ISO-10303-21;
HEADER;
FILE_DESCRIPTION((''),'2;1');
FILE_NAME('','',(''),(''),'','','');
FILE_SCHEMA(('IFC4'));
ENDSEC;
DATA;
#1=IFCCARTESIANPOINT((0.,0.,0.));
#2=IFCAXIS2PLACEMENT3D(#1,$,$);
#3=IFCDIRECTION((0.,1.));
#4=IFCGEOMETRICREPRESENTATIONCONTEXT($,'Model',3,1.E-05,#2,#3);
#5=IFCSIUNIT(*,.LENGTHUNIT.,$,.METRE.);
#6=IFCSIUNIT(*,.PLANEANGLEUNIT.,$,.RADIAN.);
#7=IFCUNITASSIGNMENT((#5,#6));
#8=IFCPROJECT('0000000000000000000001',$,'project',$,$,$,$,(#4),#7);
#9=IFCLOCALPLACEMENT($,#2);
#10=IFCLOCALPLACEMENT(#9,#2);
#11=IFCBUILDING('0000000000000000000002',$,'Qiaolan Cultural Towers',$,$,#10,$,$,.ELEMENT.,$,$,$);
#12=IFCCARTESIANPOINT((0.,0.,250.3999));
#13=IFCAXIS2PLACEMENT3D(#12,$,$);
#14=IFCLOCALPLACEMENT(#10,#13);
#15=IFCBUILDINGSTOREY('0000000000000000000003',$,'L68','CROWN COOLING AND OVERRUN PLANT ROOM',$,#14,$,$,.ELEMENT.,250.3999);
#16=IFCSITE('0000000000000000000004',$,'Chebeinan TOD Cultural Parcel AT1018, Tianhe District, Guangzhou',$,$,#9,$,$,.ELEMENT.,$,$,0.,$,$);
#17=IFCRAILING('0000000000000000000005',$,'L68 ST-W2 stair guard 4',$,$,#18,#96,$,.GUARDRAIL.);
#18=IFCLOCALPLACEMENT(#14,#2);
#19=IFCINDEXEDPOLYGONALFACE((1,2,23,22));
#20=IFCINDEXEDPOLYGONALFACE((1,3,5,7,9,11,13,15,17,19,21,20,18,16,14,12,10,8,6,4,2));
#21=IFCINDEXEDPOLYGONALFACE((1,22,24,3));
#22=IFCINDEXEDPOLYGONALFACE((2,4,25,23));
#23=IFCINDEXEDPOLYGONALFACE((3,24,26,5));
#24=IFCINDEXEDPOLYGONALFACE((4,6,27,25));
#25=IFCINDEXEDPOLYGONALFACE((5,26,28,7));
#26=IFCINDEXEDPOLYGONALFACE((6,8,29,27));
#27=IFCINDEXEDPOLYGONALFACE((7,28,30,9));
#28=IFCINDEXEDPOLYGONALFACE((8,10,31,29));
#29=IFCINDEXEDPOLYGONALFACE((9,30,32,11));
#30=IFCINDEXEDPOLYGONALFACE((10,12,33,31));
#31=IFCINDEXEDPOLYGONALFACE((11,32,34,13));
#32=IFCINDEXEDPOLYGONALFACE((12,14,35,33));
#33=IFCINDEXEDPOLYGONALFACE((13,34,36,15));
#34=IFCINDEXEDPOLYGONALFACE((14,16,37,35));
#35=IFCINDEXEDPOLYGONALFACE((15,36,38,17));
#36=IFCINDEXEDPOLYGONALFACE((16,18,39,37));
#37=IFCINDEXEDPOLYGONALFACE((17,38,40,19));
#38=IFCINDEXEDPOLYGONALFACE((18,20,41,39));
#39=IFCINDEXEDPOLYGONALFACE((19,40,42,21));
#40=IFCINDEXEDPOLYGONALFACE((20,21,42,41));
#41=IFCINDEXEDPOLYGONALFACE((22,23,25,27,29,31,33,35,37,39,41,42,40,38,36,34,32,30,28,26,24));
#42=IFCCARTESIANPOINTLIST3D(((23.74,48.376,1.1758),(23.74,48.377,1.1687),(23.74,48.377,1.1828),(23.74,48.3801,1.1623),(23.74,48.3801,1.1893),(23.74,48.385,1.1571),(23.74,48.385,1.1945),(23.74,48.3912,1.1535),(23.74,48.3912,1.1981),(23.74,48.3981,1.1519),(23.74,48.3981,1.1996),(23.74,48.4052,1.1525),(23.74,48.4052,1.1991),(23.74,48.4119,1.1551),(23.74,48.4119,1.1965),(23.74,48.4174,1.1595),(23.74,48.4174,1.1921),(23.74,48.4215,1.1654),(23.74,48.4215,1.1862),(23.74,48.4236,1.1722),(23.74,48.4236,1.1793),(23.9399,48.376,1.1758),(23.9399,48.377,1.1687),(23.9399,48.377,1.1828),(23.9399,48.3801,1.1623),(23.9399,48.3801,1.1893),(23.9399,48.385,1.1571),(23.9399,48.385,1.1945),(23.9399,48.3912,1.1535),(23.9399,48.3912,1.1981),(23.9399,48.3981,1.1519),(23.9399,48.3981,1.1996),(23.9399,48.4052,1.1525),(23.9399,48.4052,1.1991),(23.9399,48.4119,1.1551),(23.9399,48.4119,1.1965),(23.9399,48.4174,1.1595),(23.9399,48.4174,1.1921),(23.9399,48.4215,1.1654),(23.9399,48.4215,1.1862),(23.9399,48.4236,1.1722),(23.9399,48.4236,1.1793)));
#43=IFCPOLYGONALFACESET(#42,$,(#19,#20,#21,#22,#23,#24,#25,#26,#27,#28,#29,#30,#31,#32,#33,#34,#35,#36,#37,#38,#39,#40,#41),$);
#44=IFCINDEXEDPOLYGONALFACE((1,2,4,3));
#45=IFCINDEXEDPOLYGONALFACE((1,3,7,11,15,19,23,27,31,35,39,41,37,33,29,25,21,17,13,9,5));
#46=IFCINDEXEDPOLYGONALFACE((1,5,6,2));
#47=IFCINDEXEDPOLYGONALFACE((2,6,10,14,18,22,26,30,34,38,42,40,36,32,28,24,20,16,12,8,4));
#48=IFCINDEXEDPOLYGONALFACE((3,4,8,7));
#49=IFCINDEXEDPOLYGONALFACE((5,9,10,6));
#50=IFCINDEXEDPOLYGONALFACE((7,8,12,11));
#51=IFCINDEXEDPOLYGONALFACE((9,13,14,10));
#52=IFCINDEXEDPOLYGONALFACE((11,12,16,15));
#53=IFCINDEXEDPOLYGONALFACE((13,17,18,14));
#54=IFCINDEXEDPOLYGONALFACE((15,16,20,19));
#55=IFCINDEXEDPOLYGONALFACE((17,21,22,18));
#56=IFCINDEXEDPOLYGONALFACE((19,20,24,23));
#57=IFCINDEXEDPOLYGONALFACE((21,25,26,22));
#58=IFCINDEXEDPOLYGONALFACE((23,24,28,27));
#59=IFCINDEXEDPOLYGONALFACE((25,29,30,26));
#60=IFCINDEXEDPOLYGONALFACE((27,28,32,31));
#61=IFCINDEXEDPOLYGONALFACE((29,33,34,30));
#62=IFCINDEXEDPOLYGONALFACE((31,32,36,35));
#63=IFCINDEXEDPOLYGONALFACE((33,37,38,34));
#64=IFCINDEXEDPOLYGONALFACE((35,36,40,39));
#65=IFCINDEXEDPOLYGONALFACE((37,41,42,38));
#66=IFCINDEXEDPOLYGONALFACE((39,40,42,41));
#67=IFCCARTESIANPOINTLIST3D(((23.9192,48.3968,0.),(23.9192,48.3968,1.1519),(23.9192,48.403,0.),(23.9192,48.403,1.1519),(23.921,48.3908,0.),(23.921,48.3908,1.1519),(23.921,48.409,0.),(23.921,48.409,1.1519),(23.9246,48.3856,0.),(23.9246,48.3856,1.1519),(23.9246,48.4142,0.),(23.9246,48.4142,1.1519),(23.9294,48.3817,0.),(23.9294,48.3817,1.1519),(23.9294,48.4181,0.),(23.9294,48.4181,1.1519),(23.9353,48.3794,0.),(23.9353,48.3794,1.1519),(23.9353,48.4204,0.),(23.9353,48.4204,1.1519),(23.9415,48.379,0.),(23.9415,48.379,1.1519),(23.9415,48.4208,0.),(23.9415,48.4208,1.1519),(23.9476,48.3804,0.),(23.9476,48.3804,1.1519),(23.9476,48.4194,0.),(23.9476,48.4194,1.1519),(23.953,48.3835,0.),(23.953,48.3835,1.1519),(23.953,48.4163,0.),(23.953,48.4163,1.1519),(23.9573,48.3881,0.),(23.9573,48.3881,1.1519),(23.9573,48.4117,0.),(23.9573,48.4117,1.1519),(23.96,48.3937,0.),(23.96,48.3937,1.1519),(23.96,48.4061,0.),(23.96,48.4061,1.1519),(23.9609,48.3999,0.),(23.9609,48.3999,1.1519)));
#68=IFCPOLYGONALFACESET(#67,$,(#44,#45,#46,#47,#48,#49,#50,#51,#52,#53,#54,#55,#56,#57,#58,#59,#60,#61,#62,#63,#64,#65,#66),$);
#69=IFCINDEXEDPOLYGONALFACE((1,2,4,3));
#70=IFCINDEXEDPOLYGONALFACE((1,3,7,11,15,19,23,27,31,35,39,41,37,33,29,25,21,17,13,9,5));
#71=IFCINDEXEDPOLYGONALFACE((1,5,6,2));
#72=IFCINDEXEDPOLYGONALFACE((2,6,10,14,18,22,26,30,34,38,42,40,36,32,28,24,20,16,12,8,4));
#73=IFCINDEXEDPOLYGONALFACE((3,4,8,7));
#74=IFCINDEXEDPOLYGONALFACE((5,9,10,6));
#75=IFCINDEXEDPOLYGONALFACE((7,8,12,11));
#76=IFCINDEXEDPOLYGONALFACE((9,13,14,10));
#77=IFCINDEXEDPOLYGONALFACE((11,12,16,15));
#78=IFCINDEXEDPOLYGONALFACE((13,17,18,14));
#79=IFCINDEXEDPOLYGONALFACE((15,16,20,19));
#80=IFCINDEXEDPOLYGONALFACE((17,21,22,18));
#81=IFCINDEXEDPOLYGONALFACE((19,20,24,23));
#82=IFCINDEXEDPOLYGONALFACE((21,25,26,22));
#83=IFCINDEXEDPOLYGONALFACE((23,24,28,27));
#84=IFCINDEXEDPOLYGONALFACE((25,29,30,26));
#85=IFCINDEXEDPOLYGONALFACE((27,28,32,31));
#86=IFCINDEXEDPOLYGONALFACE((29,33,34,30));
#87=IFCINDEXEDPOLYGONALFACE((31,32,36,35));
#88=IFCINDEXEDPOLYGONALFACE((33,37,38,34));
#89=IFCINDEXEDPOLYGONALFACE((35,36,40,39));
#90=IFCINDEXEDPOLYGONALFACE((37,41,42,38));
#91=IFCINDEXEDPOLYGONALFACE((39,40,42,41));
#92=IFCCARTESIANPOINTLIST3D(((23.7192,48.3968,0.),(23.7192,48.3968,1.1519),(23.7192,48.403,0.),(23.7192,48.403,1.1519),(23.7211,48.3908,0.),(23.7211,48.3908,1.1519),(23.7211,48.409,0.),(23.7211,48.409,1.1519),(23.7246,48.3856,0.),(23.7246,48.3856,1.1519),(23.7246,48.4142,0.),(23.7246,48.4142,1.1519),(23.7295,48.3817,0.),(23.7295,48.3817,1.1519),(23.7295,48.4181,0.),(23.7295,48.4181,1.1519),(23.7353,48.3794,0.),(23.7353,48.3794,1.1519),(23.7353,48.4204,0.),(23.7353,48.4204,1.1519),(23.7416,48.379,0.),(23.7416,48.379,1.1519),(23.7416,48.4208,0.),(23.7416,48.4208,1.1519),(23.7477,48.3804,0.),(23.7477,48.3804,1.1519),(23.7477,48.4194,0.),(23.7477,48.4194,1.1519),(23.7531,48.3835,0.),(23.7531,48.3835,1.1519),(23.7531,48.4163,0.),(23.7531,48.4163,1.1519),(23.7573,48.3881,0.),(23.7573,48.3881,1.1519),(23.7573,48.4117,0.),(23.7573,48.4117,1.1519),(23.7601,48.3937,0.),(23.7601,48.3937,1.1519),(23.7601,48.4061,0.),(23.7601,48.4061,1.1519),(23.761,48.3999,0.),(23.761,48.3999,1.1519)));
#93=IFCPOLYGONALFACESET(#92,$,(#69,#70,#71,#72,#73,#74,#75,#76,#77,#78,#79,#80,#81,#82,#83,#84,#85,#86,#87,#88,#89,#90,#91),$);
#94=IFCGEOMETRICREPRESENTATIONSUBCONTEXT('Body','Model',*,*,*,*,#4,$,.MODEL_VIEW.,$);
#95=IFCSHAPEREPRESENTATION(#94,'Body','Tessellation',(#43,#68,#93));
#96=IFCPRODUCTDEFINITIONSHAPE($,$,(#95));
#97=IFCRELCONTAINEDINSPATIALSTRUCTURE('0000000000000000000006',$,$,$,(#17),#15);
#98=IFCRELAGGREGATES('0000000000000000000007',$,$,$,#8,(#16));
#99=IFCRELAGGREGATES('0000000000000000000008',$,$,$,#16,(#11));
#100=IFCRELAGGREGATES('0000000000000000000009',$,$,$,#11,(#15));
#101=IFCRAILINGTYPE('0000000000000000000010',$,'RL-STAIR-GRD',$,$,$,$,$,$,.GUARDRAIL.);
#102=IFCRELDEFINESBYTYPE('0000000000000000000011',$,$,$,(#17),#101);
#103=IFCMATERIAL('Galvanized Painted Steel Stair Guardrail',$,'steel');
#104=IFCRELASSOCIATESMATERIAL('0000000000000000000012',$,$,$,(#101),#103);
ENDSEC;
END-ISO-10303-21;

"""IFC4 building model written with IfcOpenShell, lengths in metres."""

from ifc_helpers import new_model, si_unit, direction, frame, origin, origin_2d, place, context, subcontext, project, spatial, circle, extrude, material, type_object, element, save


model = new_model("IFC4")

# Units and contexts
model_context = context("Model", 3, precision=1e-05, world=origin(), true_north=direction((0.0, 1.0)))
body_context = subcontext(model_context, "Body", "Model", "MODEL_VIEW")
ifc_project = project(units=[si_unit("LENGTHUNIT", "METRE"), si_unit("PLANEANGLEUNIT", "RADIAN")], contexts=[model_context])

# Site, building, storey
site_placement = place(None, origin())
site = spatial("IfcSite", under=ifc_project, at=site_placement, Name="Chebeinan TOD Cultural Parcel AT1018, Tianhe District, Guangzhou", CompositionType="ELEMENT", RefElevation=0.0)
building_placement = place(site_placement, origin())
building = spatial("IfcBuilding", under=site, at=building_placement, Name="Qiaolan Cultural Towers", CompositionType="ELEMENT")
storey_placement = place(building_placement, frame((0.0, 0.0, 250.3999)))
storey = spatial("IfcBuildingStorey", under=building, at=storey_placement, Name="L68", Description="CROWN COOLING AND OVERRUN PLANT ROOM", CompositionType="ELEMENT", Elevation=250.3999)

# Railing
ifc_material_1 = material(Name="Galvanized Painted Steel Stair Guardrail", Category="steel")
railing_type_1 = type_object("IfcRailingType", Name="RL-STAIR-GRD", PredefinedType="GUARDRAIL", material=ifc_material_1)
railing_1_placement = place(storey_placement, frame((23.9399, 48.3999, 0.0)))
element("IfcRailing", 1, at=railing_1_placement, inside=storey, type_object=railing_type_1, Name="L68 ST-W2 stair guard 4", PredefinedType="GUARDRAIL", context=body_context, shape_type="SweptSolid", body=[
    extrude(circle(Radius=0.0239, at=origin_2d()), frame((0.0, 0.0, 1.1758), z_axis=(-1.0, 0.0, 0.0), x_axis=(0.0, -1.0, 0.0)), (0.0, 0.0, 1.0), 0.2),
    extrude(circle(Radius=0.021, at=origin_2d()), origin(), (0.0, 0.0, 1.0), 1.1519),
    extrude(circle(Radius=0.021, at=origin_2d()), frame((-0.2, 0.0, 0.0)), (0.0, 0.0, 1.0), 1.1519),
])

save(model, "model.ifc")
